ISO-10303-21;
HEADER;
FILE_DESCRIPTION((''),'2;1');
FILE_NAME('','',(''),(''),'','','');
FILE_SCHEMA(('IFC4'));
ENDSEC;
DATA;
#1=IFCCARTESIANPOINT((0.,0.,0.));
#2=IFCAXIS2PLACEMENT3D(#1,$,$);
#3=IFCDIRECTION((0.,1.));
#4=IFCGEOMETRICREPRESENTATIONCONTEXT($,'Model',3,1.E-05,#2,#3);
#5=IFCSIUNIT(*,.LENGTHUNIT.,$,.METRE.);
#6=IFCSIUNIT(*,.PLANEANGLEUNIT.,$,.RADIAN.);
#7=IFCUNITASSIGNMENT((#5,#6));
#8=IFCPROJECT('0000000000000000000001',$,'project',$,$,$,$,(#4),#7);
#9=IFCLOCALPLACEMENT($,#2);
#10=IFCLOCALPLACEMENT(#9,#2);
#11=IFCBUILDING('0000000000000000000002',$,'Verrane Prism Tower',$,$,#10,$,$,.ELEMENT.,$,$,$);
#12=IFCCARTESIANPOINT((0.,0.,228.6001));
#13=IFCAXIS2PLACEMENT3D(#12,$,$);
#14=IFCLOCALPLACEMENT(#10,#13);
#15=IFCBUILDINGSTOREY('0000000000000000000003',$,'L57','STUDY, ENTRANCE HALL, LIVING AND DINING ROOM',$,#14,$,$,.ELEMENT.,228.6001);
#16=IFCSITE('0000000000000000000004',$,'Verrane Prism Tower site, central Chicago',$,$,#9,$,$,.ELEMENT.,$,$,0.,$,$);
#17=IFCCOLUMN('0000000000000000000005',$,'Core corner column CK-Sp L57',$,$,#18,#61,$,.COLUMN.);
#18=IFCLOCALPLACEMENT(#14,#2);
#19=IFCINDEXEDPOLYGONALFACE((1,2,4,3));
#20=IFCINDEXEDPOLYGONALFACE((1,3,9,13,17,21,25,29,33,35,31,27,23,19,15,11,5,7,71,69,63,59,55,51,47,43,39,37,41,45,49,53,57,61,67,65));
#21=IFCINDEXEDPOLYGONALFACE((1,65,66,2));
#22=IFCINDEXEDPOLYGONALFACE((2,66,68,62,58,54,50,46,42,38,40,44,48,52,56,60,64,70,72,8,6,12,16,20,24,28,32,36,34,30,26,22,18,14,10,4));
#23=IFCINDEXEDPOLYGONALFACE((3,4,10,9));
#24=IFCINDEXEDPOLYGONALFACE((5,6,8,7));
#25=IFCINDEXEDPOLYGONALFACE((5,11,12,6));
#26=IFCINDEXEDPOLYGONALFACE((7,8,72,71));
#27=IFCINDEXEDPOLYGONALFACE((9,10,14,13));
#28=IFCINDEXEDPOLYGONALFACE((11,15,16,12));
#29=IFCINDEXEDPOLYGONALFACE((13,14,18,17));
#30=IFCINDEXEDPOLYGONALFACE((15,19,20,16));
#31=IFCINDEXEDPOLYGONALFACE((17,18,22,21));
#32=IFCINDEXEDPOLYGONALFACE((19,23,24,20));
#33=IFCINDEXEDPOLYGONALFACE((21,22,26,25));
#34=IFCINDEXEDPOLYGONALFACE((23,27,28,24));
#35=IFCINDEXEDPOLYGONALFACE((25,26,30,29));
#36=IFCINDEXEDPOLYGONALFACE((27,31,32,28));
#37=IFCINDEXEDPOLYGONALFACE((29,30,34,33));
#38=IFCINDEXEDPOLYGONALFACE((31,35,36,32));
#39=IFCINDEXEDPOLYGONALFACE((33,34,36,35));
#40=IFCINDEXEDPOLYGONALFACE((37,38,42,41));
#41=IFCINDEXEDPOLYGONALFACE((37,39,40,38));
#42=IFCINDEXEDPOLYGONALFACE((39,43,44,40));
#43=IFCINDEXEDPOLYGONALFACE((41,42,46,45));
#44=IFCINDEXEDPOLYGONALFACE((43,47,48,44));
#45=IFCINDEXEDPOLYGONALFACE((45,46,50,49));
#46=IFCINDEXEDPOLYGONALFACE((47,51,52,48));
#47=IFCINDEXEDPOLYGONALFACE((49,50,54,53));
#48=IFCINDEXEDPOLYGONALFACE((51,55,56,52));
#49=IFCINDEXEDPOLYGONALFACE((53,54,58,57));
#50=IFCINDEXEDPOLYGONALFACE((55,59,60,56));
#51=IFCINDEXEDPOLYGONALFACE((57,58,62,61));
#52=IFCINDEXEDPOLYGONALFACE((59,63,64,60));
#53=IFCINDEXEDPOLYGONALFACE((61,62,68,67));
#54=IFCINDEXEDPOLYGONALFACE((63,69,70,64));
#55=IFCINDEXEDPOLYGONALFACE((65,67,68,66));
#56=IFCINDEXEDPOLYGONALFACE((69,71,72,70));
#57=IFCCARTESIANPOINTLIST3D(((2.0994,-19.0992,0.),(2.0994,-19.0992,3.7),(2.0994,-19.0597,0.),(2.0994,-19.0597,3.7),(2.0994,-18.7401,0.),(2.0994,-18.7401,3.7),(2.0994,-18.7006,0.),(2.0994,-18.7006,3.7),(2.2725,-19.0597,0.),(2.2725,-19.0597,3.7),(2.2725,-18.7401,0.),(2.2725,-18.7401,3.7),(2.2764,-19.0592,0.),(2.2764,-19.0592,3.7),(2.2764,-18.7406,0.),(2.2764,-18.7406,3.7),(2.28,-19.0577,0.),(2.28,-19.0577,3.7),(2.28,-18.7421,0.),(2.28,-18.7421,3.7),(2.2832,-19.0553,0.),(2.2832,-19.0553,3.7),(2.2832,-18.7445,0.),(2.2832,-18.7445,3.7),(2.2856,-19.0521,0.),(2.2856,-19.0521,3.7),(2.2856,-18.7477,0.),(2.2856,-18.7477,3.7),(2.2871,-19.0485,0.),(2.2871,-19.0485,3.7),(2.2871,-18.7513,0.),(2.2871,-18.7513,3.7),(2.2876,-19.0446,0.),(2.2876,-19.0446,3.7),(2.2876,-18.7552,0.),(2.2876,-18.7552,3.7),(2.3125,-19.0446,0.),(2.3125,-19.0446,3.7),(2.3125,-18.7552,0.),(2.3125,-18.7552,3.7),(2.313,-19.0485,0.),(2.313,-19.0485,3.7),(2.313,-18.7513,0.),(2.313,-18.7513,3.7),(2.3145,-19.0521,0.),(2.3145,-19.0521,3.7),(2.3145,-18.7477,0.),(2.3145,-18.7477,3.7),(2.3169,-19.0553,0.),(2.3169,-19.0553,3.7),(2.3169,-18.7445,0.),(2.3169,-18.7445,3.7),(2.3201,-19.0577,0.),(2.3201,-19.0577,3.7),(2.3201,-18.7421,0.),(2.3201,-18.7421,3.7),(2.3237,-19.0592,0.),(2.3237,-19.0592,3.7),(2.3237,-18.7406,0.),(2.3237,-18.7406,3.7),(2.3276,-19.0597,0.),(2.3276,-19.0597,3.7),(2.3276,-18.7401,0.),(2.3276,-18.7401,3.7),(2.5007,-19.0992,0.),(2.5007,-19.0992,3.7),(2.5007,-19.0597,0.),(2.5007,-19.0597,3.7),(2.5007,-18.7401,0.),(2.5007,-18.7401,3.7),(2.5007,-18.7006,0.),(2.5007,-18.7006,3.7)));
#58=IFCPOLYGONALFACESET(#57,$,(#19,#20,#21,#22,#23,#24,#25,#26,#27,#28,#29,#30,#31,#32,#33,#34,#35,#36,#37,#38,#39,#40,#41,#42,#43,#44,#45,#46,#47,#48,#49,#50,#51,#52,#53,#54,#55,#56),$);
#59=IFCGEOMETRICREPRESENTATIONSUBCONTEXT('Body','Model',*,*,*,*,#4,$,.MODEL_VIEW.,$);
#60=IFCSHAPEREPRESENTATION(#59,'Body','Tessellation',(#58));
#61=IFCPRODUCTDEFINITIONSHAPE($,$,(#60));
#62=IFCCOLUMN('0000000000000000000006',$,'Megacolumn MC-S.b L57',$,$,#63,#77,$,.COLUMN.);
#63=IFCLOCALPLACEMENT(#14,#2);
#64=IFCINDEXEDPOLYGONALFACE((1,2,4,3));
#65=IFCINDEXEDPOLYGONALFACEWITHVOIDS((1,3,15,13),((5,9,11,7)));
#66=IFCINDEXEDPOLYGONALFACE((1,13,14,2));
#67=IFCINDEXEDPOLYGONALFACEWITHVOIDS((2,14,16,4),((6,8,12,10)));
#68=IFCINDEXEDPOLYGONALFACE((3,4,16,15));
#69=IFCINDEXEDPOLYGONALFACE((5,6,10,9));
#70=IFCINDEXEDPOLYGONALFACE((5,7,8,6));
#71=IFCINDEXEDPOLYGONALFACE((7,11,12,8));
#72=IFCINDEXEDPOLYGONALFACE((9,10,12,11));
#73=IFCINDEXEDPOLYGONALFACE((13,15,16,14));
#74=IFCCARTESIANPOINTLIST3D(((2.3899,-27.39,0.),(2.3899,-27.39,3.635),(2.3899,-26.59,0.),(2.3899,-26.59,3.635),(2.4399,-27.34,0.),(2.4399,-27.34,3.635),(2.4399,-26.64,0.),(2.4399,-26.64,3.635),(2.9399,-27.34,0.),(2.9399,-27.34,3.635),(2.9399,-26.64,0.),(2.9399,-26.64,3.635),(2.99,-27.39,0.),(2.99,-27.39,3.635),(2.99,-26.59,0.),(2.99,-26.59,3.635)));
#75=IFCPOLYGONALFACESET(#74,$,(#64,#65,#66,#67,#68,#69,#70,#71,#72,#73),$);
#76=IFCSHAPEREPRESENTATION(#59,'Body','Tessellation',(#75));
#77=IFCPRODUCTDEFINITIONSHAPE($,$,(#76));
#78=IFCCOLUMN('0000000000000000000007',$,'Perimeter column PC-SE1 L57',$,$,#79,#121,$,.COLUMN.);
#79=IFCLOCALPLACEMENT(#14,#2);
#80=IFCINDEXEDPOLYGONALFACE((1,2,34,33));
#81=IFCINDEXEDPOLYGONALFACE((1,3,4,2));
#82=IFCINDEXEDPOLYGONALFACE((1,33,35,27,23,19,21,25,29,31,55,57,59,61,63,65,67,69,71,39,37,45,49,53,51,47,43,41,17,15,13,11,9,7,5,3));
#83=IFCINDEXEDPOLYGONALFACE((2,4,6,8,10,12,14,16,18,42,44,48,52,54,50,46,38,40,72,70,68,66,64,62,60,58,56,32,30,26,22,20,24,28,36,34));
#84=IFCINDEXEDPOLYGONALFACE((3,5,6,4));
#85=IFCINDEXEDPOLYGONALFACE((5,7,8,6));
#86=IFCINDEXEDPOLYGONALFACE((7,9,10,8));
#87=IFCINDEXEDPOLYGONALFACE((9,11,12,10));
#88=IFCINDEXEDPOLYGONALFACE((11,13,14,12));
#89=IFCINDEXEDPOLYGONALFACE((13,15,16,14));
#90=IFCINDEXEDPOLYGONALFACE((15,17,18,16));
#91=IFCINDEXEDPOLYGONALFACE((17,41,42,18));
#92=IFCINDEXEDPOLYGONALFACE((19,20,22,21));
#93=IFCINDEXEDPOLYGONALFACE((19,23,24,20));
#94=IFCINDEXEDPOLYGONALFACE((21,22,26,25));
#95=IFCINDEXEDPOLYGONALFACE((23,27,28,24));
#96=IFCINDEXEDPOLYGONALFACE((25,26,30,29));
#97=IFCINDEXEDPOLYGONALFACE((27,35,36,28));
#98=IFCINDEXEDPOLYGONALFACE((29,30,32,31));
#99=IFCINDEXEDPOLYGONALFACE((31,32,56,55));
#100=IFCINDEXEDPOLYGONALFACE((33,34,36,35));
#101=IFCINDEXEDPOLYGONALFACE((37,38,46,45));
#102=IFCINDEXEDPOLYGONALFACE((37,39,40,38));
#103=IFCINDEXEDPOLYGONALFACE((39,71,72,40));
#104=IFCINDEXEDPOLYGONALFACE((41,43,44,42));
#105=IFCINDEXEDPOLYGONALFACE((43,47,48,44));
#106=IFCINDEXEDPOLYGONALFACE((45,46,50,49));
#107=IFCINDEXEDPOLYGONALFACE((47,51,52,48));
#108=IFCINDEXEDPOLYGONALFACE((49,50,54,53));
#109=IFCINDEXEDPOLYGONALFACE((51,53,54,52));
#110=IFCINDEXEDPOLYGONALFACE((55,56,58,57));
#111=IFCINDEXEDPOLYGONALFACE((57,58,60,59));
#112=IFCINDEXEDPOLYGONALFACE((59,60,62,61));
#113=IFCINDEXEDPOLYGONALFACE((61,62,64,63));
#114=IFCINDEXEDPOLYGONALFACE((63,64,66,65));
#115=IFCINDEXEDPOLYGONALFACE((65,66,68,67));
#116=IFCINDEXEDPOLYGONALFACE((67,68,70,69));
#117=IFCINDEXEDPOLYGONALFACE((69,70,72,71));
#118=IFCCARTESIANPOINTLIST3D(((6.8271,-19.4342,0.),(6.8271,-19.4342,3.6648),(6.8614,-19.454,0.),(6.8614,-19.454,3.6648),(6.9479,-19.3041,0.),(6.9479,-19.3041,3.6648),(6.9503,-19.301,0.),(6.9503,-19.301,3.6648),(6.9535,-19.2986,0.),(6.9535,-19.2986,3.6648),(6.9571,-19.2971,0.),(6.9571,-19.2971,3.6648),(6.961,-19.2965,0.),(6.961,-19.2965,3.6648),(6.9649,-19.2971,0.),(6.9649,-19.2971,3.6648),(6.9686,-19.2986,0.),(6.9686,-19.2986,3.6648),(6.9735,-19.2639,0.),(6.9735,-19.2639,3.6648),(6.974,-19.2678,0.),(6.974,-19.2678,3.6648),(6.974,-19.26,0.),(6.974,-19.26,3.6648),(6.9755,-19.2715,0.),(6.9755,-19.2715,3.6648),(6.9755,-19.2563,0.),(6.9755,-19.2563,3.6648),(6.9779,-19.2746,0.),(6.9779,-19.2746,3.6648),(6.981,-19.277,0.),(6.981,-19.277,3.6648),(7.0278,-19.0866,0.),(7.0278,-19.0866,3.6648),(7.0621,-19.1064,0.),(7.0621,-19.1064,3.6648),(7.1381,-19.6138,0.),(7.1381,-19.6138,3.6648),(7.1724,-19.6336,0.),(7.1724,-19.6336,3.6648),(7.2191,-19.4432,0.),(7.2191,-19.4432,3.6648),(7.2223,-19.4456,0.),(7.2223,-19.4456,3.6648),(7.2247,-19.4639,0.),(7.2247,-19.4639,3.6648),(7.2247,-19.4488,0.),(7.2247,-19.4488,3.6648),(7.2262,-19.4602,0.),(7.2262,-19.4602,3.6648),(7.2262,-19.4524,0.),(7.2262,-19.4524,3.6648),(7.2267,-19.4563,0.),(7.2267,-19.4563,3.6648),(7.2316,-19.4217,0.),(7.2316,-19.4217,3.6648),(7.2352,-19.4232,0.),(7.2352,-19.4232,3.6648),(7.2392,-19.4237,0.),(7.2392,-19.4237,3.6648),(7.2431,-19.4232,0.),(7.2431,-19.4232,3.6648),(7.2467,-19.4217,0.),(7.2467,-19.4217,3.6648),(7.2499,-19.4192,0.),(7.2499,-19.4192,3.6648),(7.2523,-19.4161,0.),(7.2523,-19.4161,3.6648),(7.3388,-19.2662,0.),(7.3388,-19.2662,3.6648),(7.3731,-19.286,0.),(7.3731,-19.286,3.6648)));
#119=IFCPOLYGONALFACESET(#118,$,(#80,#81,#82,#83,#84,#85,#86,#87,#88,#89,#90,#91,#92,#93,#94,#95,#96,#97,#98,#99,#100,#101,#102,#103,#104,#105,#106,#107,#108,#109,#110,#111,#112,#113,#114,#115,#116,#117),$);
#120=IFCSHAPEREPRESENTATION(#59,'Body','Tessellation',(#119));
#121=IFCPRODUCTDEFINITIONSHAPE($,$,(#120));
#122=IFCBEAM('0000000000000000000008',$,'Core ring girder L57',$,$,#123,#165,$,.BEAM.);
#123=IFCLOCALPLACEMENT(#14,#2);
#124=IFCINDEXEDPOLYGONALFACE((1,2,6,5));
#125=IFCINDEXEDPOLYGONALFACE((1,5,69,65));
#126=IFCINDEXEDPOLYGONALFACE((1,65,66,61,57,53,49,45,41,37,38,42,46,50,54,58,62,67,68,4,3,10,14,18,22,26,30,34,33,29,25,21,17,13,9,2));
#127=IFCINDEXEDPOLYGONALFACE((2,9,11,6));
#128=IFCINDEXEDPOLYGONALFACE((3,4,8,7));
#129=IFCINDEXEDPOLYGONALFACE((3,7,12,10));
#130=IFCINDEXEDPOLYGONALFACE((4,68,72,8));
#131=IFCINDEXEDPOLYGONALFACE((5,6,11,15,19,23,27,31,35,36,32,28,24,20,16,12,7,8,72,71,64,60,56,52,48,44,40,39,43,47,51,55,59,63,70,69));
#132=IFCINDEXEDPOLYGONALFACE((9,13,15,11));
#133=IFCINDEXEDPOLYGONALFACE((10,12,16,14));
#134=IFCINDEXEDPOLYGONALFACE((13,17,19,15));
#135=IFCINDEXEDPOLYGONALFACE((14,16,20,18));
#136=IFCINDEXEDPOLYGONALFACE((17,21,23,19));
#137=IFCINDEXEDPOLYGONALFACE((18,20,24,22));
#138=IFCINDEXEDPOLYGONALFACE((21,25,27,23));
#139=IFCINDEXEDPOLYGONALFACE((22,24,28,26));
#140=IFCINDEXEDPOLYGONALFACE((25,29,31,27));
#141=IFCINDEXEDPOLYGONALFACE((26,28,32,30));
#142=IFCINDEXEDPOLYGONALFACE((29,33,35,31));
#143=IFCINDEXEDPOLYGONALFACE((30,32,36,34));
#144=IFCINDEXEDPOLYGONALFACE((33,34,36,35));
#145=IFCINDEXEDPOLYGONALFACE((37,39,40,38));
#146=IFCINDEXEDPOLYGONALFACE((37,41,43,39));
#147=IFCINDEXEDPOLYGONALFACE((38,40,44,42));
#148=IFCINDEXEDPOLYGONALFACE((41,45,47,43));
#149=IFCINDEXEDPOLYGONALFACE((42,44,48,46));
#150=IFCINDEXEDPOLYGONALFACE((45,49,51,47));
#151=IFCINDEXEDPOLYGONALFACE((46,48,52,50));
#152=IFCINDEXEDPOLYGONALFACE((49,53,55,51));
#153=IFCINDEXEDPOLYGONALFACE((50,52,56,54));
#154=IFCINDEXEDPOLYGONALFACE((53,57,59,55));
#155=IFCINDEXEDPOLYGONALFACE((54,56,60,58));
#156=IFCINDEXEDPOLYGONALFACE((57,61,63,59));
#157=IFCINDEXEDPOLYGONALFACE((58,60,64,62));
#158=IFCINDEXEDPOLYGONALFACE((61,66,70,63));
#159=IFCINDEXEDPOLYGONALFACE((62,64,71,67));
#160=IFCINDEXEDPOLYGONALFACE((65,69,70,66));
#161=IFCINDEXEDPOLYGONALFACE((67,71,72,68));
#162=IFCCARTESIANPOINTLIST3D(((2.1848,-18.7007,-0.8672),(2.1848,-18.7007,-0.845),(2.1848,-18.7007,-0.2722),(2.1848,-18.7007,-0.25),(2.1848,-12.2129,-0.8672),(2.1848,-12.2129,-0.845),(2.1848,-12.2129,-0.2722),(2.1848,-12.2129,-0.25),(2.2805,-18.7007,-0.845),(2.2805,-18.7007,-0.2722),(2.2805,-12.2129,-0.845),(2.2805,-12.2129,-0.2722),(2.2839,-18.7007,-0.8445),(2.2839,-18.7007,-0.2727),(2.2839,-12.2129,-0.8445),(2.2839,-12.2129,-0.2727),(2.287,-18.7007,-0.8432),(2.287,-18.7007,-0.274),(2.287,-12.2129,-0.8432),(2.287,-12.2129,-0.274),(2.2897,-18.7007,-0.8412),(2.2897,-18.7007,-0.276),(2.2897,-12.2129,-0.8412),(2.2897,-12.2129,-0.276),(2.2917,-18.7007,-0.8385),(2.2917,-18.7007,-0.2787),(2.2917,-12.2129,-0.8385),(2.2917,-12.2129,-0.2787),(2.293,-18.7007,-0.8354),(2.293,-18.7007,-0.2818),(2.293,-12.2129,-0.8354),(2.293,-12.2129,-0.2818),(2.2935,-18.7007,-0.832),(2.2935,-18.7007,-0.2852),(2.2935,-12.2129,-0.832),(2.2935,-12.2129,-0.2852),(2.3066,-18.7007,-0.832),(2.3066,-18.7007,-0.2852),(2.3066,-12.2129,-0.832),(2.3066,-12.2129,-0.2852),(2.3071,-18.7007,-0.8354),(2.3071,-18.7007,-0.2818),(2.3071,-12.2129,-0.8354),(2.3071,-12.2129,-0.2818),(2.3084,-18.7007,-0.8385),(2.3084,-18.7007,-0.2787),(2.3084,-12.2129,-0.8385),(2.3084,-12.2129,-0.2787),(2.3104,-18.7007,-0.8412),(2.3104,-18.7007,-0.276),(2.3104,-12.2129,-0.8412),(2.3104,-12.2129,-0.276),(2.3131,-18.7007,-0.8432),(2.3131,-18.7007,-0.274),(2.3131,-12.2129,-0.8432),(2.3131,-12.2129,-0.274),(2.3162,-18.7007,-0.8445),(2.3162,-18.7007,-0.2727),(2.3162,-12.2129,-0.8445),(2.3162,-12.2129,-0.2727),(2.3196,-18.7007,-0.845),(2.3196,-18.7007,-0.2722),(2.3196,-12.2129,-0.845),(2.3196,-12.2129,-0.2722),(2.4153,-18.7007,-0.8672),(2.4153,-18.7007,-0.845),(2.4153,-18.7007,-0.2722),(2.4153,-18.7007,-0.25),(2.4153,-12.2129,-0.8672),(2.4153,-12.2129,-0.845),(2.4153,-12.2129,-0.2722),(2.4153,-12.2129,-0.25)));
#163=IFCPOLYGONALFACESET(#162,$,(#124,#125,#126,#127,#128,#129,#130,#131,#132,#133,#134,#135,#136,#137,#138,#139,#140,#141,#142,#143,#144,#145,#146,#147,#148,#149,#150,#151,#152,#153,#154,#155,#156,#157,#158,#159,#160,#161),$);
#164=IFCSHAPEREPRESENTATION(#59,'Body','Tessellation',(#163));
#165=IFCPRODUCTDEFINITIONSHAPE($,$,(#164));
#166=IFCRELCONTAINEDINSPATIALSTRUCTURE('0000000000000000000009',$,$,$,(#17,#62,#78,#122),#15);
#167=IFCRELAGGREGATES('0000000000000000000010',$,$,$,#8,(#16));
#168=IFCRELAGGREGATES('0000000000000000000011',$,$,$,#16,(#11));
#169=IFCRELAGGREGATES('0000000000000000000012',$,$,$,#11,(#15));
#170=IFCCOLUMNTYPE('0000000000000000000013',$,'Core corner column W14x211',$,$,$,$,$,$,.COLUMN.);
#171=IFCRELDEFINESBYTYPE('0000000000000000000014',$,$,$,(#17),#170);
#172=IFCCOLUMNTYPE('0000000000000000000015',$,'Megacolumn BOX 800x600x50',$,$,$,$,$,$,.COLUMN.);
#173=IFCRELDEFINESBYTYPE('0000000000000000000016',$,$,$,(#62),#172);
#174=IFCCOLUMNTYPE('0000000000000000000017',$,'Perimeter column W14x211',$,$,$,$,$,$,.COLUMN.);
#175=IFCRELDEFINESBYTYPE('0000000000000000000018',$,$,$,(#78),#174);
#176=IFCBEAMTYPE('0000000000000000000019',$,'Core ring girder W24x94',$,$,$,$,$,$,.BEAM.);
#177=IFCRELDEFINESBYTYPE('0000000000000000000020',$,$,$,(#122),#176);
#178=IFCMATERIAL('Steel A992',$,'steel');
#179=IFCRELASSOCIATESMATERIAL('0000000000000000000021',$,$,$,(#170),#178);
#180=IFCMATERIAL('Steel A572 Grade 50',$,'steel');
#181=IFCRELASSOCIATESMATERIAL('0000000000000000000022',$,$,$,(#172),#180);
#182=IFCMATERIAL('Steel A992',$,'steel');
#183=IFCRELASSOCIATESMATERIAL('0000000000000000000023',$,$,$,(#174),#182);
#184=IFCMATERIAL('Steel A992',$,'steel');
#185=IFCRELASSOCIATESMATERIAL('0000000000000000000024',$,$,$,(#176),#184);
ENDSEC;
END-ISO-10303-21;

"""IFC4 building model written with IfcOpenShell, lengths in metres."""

from ifc_helpers import new_model, si_unit, direction, frame, origin, origin_2d, place, context, subcontext, project, spatial, hollow_rectangle, i_section, extrude, material, material_profile, profile_set, type_object, element, save


model = new_model("IFC4")

# Units and contexts
model_context = context("Model", 3, precision=1e-05, world=origin(), true_north=direction((0.0, 1.0)))
body_context = subcontext(model_context, "Body", "Model", "MODEL_VIEW")
ifc_project = project(units=[si_unit("LENGTHUNIT", "METRE"), si_unit("PLANEANGLEUNIT", "RADIAN")], contexts=[model_context])

# Site, building, storey
site_placement = place(None, origin())
site = spatial("IfcSite", under=ifc_project, at=site_placement, Name="Verrane Prism Tower site, central Chicago", CompositionType="ELEMENT", RefElevation=0.0)
building_placement = place(site_placement, origin())
building = spatial("IfcBuilding", under=site, at=building_placement, Name="Verrane Prism Tower", CompositionType="ELEMENT")
storey_placement = place(building_placement, frame((0.0, 0.0, 228.6001)))
storey = spatial("IfcBuildingStorey", under=building, at=storey_placement, Name="L57", Description="STUDY, ENTRANCE HALL, LIVING AND DINING ROOM", CompositionType="ELEMENT", Elevation=228.6001)

# Columns
ifc_material_1 = material(Name="Steel A992", Category="steel")
ifc_material_profile_1 = material_profile(ifc_material_1, i_section(OverallWidth=0.4014, OverallDepth=0.3987, WebThickness=0.0249, FlangeThickness=0.0396, FilletRadius=0.0151, at=origin_2d()), Name="W14x211")
ifc_profile_set_1 = profile_set([ifc_material_profile_1], Name="Steel A992")
column_type_1 = type_object("IfcColumnType", Name="Core corner column W14x211", PredefinedType="COLUMN", material=ifc_profile_set_1)
column_1_placement = place(storey_placement, frame((2.3, -18.8999, 0.0), z_axis=(0.0, 0.0, 1.0), x_axis=(-1.0, 0.0, 0.0)))
element("IfcColumn", 1, at=column_1_placement, inside=storey, type_object=column_type_1, Name="Core corner column CK-Sp L57", PredefinedType="COLUMN", context=body_context, shape_type="SweptSolid", body=[
    extrude(i_section(OverallWidth=0.4014, OverallDepth=0.3987, WebThickness=0.0249, FlangeThickness=0.0396, FilletRadius=0.0151, at=origin_2d()), origin(), (0.0, 0.0, 1.0), 3.7),
])
ifc_material_2 = material(Name="Steel A572 Grade 50", Category="steel")
ifc_material_profile_2 = material_profile(ifc_material_2, hollow_rectangle(XDim=0.6001, YDim=0.8, WallThickness=0.05, at=origin_2d()), Name="BOX 800x600x50")
ifc_profile_set_2 = profile_set([ifc_material_profile_2], Name="Steel A572 Grade 50")
column_type_2 = type_object("IfcColumnType", Name="Megacolumn BOX 800x600x50", PredefinedType="COLUMN", material=ifc_profile_set_2)
column_2_placement = place(storey_placement, frame((2.6899, -26.99, 0.0), z_axis=(0.0, 0.0, 1.0), x_axis=(-1.0, 0.0, 0.0)))
element("IfcColumn", 2, at=column_2_placement, inside=storey, type_object=column_type_2, Name="Megacolumn MC-S.b L57", PredefinedType="COLUMN", context=body_context, shape_type="SweptSolid", body=[
    extrude(hollow_rectangle(XDim=0.6001, YDim=0.8, WallThickness=0.05, at=origin_2d()), origin(), (0.0, 0.0, 1.0), 3.635),
])
ifc_material_3 = material(Name="Steel A992", Category="steel")
ifc_material_profile_3 = material_profile(ifc_material_3, i_section(OverallWidth=0.4014, OverallDepth=0.3987, WebThickness=0.0249, FlangeThickness=0.0396, FilletRadius=0.0151, at=origin_2d()), Name="W14x211")
ifc_profile_set_3 = profile_set([ifc_material_profile_3], Name="Steel A992")
column_type_3 = type_object("IfcColumnType", Name="Perimeter column W14x211", PredefinedType="COLUMN", material=ifc_profile_set_3)
column_3_placement = place(storey_placement, frame((7.1001, -19.3601, 0.0), z_axis=(0.0, 0.0, 1.0), x_axis=(-0.5, -0.866025, 0.0)))
element("IfcColumn", 3, at=column_3_placement, inside=storey, type_object=column_type_3, Name="Perimeter column PC-SE1 L57", PredefinedType="COLUMN", context=body_context, shape_type="SweptSolid", body=[
    extrude(i_section(OverallWidth=0.4014, OverallDepth=0.3987, WebThickness=0.0249, FlangeThickness=0.0396, FilletRadius=0.0151, at=origin_2d()), origin(), (0.0, 0.0, 1.0), 3.6648),
])

# Beam
ifc_material_4 = material(Name="Steel A992", Category="steel")
ifc_material_profile_4 = material_profile(ifc_material_4, i_section(OverallWidth=0.2305, OverallDepth=0.6172, WebThickness=0.0132, FlangeThickness=0.0222, FilletRadius=0.0129, at=origin_2d()), Name="W24x94")
ifc_profile_set_4 = profile_set([ifc_material_profile_4], Name="Steel A992")
beam_type_1 = type_object("IfcBeamType", Name="Core ring girder W24x94", PredefinedType="BEAM", material=ifc_profile_set_4)
beam_1_placement = place(storey_placement, frame((2.3, -18.7007, -0.5586), z_axis=(0.0, 1.0, 0.0), x_axis=(-1.0, 0.0, 0.0)))
element("IfcBeam", 4, at=beam_1_placement, inside=storey, type_object=beam_type_1, Name="Core ring girder L57", PredefinedType="BEAM", context=body_context, shape_type="SweptSolid", body=[
    extrude(i_section(OverallWidth=0.2305, OverallDepth=0.6172, WebThickness=0.0132, FlangeThickness=0.0222, FilletRadius=0.0129, at=origin_2d()), origin(), (0.0, 0.0, 1.0), 6.4878),
])

save(model, "model.ifc")
